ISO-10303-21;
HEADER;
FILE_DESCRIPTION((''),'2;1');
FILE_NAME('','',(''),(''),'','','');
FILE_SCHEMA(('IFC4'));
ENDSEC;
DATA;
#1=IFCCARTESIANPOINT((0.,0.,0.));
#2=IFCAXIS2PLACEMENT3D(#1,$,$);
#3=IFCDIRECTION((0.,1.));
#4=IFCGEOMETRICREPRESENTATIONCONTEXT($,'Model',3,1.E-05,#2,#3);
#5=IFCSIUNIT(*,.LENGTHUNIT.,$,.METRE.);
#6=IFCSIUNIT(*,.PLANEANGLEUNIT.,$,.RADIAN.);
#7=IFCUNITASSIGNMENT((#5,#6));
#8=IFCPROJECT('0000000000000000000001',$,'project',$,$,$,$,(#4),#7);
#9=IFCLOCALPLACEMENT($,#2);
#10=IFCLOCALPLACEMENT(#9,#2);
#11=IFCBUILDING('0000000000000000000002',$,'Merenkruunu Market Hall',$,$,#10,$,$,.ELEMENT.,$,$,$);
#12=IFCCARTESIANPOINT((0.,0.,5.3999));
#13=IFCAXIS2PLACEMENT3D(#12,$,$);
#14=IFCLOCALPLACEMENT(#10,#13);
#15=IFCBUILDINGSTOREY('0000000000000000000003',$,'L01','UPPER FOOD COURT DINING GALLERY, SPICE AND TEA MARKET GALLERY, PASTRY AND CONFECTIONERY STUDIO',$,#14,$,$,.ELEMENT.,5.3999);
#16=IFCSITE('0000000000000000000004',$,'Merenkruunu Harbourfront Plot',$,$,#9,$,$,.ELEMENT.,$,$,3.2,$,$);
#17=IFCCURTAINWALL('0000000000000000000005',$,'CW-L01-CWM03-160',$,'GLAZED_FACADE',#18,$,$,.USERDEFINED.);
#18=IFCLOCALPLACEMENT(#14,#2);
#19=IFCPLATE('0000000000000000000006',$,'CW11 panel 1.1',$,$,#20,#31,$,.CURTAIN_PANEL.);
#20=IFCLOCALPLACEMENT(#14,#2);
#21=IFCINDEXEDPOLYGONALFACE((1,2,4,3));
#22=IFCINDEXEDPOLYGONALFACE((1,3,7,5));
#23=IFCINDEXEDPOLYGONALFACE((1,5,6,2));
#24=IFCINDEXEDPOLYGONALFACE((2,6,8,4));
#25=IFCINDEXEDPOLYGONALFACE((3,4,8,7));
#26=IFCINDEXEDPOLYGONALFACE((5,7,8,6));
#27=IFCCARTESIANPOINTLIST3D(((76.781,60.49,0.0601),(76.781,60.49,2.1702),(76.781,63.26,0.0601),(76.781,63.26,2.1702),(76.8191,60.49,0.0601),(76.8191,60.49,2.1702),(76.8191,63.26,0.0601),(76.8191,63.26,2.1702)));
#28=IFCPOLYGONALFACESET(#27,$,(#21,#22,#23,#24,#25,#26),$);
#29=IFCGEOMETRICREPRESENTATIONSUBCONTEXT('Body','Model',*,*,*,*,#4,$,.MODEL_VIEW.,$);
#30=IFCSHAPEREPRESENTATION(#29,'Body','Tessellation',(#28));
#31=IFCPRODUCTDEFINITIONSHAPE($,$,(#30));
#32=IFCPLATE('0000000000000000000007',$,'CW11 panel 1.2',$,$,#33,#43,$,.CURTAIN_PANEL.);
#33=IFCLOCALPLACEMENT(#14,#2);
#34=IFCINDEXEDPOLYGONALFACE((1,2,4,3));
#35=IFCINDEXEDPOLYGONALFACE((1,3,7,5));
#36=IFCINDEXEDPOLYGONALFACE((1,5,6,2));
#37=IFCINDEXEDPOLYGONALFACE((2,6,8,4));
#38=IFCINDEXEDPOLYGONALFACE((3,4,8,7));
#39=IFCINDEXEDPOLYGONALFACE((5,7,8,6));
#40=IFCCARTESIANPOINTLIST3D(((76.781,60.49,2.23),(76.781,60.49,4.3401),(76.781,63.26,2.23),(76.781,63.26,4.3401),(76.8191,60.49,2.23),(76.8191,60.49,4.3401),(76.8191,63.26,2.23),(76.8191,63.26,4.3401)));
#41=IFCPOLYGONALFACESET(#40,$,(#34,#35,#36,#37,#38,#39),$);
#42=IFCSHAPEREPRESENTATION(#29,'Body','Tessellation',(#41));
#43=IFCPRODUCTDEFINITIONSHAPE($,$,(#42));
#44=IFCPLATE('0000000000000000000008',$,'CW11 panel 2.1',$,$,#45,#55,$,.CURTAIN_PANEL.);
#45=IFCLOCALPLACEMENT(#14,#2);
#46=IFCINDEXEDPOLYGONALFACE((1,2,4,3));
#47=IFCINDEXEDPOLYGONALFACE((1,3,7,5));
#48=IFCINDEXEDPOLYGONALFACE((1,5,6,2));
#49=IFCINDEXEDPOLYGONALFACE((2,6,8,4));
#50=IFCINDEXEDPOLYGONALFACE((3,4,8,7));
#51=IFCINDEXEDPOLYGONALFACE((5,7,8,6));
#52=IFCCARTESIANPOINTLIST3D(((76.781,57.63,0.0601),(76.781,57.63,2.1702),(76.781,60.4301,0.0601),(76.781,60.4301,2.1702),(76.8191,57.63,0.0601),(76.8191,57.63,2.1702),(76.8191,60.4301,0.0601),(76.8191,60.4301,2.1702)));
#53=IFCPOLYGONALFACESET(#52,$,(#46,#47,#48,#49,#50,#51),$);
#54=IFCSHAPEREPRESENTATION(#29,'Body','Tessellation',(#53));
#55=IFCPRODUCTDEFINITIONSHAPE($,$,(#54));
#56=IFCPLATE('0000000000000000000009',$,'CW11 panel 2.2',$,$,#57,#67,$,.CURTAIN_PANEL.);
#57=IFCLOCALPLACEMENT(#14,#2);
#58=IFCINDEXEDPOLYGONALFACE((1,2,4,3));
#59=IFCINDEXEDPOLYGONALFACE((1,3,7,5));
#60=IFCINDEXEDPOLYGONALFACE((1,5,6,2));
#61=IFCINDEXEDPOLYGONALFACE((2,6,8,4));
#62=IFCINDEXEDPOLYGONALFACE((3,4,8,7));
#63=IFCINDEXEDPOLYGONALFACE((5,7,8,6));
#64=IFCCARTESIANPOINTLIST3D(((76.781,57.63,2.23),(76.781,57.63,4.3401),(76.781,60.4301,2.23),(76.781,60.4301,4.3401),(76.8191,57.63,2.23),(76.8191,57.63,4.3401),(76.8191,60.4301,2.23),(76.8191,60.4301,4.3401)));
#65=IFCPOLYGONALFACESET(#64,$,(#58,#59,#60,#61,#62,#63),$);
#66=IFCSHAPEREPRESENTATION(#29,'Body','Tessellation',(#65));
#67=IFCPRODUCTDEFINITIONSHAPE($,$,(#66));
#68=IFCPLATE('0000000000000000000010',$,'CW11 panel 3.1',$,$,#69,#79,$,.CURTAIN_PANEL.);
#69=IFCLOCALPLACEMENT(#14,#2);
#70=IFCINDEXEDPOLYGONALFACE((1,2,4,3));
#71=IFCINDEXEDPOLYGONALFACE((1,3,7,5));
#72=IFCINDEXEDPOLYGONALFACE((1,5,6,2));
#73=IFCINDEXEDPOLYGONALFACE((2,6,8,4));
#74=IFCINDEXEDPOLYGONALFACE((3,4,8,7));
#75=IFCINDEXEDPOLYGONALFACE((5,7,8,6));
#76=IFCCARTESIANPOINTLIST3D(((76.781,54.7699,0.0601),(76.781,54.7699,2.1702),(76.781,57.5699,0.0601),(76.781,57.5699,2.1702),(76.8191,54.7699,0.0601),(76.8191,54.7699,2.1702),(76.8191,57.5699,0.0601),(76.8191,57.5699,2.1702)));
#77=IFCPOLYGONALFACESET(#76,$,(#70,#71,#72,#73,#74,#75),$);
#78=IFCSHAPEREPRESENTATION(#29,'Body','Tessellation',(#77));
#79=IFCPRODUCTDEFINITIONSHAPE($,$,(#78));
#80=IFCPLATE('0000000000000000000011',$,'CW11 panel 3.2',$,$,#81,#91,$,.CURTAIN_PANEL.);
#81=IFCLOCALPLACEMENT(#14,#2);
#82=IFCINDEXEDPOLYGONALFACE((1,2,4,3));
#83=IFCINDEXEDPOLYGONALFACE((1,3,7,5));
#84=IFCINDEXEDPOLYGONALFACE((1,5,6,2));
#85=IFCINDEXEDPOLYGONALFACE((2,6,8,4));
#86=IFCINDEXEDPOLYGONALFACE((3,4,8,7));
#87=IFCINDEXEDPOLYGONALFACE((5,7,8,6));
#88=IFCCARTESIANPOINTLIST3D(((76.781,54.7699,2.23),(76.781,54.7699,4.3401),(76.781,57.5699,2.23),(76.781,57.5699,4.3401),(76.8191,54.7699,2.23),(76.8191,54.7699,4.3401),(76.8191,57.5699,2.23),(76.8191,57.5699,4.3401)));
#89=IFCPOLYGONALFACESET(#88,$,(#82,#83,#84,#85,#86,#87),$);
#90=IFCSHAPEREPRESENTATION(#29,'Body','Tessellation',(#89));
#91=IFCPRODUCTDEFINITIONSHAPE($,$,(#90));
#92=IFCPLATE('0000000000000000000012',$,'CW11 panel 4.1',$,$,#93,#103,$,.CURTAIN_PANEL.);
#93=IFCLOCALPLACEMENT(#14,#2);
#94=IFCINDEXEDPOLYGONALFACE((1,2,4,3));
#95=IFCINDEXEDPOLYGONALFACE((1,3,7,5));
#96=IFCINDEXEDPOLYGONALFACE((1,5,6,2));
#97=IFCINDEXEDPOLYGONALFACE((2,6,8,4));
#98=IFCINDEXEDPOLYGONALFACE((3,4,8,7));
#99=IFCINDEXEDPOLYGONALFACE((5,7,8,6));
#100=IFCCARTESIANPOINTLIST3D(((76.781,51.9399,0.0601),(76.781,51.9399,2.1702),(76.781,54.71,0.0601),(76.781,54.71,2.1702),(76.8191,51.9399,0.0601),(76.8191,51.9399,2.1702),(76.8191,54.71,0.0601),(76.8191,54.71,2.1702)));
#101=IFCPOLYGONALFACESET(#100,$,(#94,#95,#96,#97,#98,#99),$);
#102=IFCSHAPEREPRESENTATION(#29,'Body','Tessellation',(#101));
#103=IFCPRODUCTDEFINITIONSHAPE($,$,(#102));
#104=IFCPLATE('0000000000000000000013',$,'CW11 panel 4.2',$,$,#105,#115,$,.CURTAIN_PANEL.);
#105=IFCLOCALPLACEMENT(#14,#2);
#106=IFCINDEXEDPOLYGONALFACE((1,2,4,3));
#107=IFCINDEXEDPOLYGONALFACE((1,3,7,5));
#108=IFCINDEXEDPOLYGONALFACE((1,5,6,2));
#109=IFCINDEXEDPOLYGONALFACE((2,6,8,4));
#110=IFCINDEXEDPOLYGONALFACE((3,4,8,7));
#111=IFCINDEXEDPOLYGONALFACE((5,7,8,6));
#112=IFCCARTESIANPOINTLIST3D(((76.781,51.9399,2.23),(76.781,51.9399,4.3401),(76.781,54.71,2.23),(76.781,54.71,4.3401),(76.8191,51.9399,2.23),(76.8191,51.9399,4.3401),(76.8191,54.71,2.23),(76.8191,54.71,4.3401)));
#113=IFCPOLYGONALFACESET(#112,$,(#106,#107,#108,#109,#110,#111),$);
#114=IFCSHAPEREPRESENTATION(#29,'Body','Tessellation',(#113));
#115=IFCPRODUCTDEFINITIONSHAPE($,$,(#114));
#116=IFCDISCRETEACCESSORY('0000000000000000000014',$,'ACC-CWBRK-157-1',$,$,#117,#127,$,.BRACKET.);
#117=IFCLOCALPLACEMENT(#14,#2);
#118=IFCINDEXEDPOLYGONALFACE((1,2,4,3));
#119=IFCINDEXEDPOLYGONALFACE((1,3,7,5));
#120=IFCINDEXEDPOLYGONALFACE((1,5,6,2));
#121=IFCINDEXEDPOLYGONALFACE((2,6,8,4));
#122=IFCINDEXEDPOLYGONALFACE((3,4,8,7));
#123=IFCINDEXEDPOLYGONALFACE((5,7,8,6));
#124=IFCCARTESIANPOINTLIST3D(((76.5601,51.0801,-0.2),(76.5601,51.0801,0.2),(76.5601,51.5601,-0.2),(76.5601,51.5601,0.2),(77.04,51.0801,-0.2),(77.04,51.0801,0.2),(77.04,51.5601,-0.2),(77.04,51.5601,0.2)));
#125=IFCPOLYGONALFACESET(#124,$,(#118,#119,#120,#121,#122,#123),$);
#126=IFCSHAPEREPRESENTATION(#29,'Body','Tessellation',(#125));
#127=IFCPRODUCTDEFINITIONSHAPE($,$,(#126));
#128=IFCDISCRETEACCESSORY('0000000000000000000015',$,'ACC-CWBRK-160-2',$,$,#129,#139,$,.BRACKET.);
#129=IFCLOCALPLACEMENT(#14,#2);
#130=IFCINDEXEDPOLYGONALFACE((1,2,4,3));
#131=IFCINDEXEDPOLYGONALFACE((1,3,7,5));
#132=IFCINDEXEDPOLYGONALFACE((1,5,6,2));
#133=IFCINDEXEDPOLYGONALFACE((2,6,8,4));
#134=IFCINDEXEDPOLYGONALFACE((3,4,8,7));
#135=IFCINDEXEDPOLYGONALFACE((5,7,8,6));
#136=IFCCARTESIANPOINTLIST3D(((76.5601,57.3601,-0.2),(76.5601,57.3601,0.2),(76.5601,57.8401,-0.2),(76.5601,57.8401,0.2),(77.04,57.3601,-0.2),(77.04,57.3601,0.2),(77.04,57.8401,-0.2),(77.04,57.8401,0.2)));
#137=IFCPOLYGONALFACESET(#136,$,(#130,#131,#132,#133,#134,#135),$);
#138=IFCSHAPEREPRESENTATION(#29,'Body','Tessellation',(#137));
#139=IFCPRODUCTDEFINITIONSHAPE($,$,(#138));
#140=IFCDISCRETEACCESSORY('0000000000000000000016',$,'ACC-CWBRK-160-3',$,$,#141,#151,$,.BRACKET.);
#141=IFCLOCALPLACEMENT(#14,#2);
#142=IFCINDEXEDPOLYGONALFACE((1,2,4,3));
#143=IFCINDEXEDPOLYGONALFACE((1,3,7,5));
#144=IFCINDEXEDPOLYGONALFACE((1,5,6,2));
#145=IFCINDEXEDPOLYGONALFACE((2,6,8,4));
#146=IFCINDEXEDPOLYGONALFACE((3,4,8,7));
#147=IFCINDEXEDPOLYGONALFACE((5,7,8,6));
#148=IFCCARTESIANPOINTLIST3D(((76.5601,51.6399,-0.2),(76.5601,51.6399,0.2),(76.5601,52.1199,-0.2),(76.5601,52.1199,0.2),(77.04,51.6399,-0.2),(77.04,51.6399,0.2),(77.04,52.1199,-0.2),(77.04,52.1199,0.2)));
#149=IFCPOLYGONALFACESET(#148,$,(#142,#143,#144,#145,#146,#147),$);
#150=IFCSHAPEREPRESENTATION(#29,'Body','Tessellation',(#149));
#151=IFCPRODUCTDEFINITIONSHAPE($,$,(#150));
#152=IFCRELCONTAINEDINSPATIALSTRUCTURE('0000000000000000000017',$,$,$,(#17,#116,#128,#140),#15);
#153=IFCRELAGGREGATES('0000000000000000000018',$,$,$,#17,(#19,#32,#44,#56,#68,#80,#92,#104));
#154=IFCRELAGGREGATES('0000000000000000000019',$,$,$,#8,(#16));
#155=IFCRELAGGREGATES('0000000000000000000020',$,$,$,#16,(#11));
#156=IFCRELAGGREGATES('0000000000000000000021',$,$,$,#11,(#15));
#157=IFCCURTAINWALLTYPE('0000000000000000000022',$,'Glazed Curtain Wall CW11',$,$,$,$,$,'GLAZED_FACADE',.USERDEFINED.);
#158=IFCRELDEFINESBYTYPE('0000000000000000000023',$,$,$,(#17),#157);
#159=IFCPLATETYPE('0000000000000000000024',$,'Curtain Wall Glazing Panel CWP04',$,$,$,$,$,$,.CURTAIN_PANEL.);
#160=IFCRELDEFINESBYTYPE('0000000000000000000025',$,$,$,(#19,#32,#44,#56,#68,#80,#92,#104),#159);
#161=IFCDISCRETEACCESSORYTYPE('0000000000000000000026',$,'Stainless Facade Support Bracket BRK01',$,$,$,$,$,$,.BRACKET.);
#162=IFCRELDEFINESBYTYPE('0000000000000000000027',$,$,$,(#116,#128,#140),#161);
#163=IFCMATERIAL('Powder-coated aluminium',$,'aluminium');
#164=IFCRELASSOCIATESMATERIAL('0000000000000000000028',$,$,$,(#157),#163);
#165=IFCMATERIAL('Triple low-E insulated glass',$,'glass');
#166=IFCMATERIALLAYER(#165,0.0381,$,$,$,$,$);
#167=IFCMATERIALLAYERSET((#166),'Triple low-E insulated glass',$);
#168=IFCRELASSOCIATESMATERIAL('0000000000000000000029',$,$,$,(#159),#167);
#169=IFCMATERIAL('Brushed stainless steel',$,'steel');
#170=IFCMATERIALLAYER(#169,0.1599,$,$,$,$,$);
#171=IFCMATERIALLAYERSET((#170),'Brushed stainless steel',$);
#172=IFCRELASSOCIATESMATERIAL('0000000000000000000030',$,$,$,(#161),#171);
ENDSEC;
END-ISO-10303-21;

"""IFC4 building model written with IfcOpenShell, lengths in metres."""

from ifc_helpers import new_model, si_unit, direction, frame, origin, origin_2d, place, context, subcontext, project, spatial, rectangle, extrude, material, layer, layer_set, type_object, element, aggregate, save


model = new_model("IFC4")

# Units and contexts
model_context = context("Model", 3, precision=1e-05, world=origin(), true_north=direction((0.0, 1.0)))
body_context = subcontext(model_context, "Body", "Model", "MODEL_VIEW")
ifc_project = project(units=[si_unit("LENGTHUNIT", "METRE"), si_unit("PLANEANGLEUNIT", "RADIAN")], contexts=[model_context])

# Site, building, storey
site_placement = place(None, origin())
site = spatial("IfcSite", under=ifc_project, at=site_placement, Name="Merenkruunu Harbourfront Plot", CompositionType="ELEMENT", RefElevation=3.2)
building_placement = place(site_placement, origin())
building = spatial("IfcBuilding", under=site, at=building_placement, Name="Merenkruunu Market Hall", CompositionType="ELEMENT")
storey_placement = place(building_placement, frame((0.0, 0.0, 5.3999)))
storey = spatial("IfcBuildingStorey", under=building, at=storey_placement, Name="L01", Description="UPPER FOOD COURT DINING GALLERY, SPICE AND TEA MARKET GALLERY, PASTRY AND CONFECTIONERY STUDIO", CompositionType="ELEMENT", Elevation=5.3999)

# Shared definitions
ifc_material_1 = material(Name="Powder-coated aluminium", Category="aluminium")
curtain_wall_type = type_object("IfcCurtainWallType", Name="Glazed Curtain Wall CW11", ElementType="GLAZED_FACADE", PredefinedType="USERDEFINED", material=ifc_material_1)

# Curtain wall
curtain_wall_1_placement = place(storey_placement, origin())
curtain_wall_1 = element("IfcCurtainWall", 1, at=curtain_wall_1_placement, inside=storey, type_object=curtain_wall_type, Name="CW-L01-CWM03-160", ObjectType="GLAZED_FACADE", PredefinedType="USERDEFINED")

# Plates
ifc_material_2 = material(Name="Triple low-E insulated glass", Category="glass")
ifc_layer_1 = layer(ifc_material_2, 0.0381)
ifc_layer_set_1 = layer_set([ifc_layer_1], Name="Triple low-E insulated glass")
plate_type = type_object("IfcPlateType", Name="Curtain Wall Glazing Panel CWP04", PredefinedType="CURTAIN_PANEL", material=ifc_layer_set_1)
plate_1_placement = place(storey_placement, frame((76.8, 61.875, 0.0601), z_axis=(0.0, 0.0, 1.0), x_axis=(0.0, -1.0, 0.0)))
plate_1 = element("IfcPlate", 2, at=plate_1_placement, type_object=plate_type, Name="CW11 panel 1.1", PredefinedType="CURTAIN_PANEL", context=body_context, shape_type="SweptSolid", body=[
    extrude(rectangle(XDim=2.77, YDim=0.0381, at=origin_2d()), origin(), (0.0, 0.0, 1.0), 2.1101),
])
plate_2_placement = place(storey_placement, frame((76.8, 61.875, 2.23), z_axis=(0.0, 0.0, 1.0), x_axis=(0.0, -1.0, 0.0)))
plate_2 = element("IfcPlate", 3, at=plate_2_placement, type_object=plate_type, Name="CW11 panel 1.2", PredefinedType="CURTAIN_PANEL", context=body_context, shape_type="SweptSolid", body=[
    extrude(rectangle(XDim=2.77, YDim=0.0381, at=origin_2d()), origin(), (0.0, 0.0, 1.0), 2.1101),
])
plate_3_placement = place(storey_placement, frame((76.8, 59.03, 0.0601), z_axis=(0.0, 0.0, 1.0), x_axis=(0.0, -1.0, 0.0)))
plate_3 = element("IfcPlate", 4, at=plate_3_placement, type_object=plate_type, Name="CW11 panel 2.1", PredefinedType="CURTAIN_PANEL", context=body_context, shape_type="SweptSolid", body=[
    extrude(rectangle(XDim=2.8, YDim=0.0381, at=origin_2d()), origin(), (0.0, 0.0, 1.0), 2.1101),
])
plate_4_placement = place(storey_placement, frame((76.8, 59.03, 2.23), z_axis=(0.0, 0.0, 1.0), x_axis=(0.0, -1.0, 0.0)))
plate_4 = element("IfcPlate", 5, at=plate_4_placement, type_object=plate_type, Name="CW11 panel 2.2", PredefinedType="CURTAIN_PANEL", context=body_context, shape_type="SweptSolid", body=[
    extrude(rectangle(XDim=2.8, YDim=0.0381, at=origin_2d()), origin(), (0.0, 0.0, 1.0), 2.1101),
])
plate_5_placement = place(storey_placement, frame((76.8, 56.1699, 0.0601), z_axis=(0.0, 0.0, 1.0), x_axis=(0.0, -1.0, 0.0)))
plate_5 = element("IfcPlate", 6, at=plate_5_placement, type_object=plate_type, Name="CW11 panel 3.1", PredefinedType="CURTAIN_PANEL", context=body_context, shape_type="SweptSolid", body=[
    extrude(rectangle(XDim=2.8, YDim=0.0381, at=origin_2d()), origin(), (0.0, 0.0, 1.0), 2.1101),
])
plate_6_placement = place(storey_placement, frame((76.8, 56.1699, 2.23), z_axis=(0.0, 0.0, 1.0), x_axis=(0.0, -1.0, 0.0)))
plate_6 = element("IfcPlate", 7, at=plate_6_placement, type_object=plate_type, Name="CW11 panel 3.2", PredefinedType="CURTAIN_PANEL", context=body_context, shape_type="SweptSolid", body=[
    extrude(rectangle(XDim=2.8, YDim=0.0381, at=origin_2d()), origin(), (0.0, 0.0, 1.0), 2.1101),
])
plate_7_placement = place(storey_placement, frame((76.8, 53.325, 0.0601), z_axis=(0.0, 0.0, 1.0), x_axis=(0.0, -1.0, 0.0)))
plate_7 = element("IfcPlate", 8, at=plate_7_placement, type_object=plate_type, Name="CW11 panel 4.1", PredefinedType="CURTAIN_PANEL", context=body_context, shape_type="SweptSolid", body=[
    extrude(rectangle(XDim=2.77, YDim=0.0381, at=origin_2d()), origin(), (0.0, 0.0, 1.0), 2.1101),
])
plate_8_placement = place(storey_placement, frame((76.8, 53.325, 2.23), z_axis=(0.0, 0.0, 1.0), x_axis=(0.0, -1.0, 0.0)))
plate_8 = element("IfcPlate", 9, at=plate_8_placement, type_object=plate_type, Name="CW11 panel 4.2", PredefinedType="CURTAIN_PANEL", context=body_context, shape_type="SweptSolid", body=[
    extrude(rectangle(XDim=2.77, YDim=0.0381, at=origin_2d()), origin(), (0.0, 0.0, 1.0), 2.1101),
])
aggregate(curtain_wall_1, [plate_1, plate_2, plate_3, plate_4, plate_5, plate_6, plate_7, plate_8])

# Discrete accessories
ifc_material_3 = material(Name="Brushed stainless steel", Category="steel")
ifc_layer_2 = layer(ifc_material_3, 0.1599)
ifc_layer_set_2 = layer_set([ifc_layer_2], Name="Brushed stainless steel")
discrete_accessory_type = type_object("IfcDiscreteAccessoryType", Name="Stainless Facade Support Bracket BRK01", PredefinedType="BRACKET", material=ifc_layer_set_2)
for number, where, z_axis, x_axis, name in (
    (10, (76.8, 51.3201, -0.2), (0.0, 0.0, 1.0), (1.0, 0.0, 0.0), "ACC-CWBRK-157-1"),
    (11, (76.8, 57.6001, -0.2), (0.0, 0.0, 1.0), (1.0, 0.0, 0.0), "ACC-CWBRK-160-2"),
    (12, (76.8, 51.8799, -0.2), (0.0, 0.0, 1.0), (1.0, 0.0, 0.0), "ACC-CWBRK-160-3"),
):
    element("IfcDiscreteAccessory", number, at=place(storey_placement, frame(where, z_axis=z_axis, x_axis=x_axis)), inside=storey, type_object=discrete_accessory_type, Name=name, PredefinedType="BRACKET", context=body_context, shape_type="SweptSolid", body=[
        extrude(rectangle(XDim=0.48, YDim=0.48, at=origin_2d()), origin(), (0.0, 0.0, 1.0), 0.3999),
    ])

save(model, "model.ifc")
